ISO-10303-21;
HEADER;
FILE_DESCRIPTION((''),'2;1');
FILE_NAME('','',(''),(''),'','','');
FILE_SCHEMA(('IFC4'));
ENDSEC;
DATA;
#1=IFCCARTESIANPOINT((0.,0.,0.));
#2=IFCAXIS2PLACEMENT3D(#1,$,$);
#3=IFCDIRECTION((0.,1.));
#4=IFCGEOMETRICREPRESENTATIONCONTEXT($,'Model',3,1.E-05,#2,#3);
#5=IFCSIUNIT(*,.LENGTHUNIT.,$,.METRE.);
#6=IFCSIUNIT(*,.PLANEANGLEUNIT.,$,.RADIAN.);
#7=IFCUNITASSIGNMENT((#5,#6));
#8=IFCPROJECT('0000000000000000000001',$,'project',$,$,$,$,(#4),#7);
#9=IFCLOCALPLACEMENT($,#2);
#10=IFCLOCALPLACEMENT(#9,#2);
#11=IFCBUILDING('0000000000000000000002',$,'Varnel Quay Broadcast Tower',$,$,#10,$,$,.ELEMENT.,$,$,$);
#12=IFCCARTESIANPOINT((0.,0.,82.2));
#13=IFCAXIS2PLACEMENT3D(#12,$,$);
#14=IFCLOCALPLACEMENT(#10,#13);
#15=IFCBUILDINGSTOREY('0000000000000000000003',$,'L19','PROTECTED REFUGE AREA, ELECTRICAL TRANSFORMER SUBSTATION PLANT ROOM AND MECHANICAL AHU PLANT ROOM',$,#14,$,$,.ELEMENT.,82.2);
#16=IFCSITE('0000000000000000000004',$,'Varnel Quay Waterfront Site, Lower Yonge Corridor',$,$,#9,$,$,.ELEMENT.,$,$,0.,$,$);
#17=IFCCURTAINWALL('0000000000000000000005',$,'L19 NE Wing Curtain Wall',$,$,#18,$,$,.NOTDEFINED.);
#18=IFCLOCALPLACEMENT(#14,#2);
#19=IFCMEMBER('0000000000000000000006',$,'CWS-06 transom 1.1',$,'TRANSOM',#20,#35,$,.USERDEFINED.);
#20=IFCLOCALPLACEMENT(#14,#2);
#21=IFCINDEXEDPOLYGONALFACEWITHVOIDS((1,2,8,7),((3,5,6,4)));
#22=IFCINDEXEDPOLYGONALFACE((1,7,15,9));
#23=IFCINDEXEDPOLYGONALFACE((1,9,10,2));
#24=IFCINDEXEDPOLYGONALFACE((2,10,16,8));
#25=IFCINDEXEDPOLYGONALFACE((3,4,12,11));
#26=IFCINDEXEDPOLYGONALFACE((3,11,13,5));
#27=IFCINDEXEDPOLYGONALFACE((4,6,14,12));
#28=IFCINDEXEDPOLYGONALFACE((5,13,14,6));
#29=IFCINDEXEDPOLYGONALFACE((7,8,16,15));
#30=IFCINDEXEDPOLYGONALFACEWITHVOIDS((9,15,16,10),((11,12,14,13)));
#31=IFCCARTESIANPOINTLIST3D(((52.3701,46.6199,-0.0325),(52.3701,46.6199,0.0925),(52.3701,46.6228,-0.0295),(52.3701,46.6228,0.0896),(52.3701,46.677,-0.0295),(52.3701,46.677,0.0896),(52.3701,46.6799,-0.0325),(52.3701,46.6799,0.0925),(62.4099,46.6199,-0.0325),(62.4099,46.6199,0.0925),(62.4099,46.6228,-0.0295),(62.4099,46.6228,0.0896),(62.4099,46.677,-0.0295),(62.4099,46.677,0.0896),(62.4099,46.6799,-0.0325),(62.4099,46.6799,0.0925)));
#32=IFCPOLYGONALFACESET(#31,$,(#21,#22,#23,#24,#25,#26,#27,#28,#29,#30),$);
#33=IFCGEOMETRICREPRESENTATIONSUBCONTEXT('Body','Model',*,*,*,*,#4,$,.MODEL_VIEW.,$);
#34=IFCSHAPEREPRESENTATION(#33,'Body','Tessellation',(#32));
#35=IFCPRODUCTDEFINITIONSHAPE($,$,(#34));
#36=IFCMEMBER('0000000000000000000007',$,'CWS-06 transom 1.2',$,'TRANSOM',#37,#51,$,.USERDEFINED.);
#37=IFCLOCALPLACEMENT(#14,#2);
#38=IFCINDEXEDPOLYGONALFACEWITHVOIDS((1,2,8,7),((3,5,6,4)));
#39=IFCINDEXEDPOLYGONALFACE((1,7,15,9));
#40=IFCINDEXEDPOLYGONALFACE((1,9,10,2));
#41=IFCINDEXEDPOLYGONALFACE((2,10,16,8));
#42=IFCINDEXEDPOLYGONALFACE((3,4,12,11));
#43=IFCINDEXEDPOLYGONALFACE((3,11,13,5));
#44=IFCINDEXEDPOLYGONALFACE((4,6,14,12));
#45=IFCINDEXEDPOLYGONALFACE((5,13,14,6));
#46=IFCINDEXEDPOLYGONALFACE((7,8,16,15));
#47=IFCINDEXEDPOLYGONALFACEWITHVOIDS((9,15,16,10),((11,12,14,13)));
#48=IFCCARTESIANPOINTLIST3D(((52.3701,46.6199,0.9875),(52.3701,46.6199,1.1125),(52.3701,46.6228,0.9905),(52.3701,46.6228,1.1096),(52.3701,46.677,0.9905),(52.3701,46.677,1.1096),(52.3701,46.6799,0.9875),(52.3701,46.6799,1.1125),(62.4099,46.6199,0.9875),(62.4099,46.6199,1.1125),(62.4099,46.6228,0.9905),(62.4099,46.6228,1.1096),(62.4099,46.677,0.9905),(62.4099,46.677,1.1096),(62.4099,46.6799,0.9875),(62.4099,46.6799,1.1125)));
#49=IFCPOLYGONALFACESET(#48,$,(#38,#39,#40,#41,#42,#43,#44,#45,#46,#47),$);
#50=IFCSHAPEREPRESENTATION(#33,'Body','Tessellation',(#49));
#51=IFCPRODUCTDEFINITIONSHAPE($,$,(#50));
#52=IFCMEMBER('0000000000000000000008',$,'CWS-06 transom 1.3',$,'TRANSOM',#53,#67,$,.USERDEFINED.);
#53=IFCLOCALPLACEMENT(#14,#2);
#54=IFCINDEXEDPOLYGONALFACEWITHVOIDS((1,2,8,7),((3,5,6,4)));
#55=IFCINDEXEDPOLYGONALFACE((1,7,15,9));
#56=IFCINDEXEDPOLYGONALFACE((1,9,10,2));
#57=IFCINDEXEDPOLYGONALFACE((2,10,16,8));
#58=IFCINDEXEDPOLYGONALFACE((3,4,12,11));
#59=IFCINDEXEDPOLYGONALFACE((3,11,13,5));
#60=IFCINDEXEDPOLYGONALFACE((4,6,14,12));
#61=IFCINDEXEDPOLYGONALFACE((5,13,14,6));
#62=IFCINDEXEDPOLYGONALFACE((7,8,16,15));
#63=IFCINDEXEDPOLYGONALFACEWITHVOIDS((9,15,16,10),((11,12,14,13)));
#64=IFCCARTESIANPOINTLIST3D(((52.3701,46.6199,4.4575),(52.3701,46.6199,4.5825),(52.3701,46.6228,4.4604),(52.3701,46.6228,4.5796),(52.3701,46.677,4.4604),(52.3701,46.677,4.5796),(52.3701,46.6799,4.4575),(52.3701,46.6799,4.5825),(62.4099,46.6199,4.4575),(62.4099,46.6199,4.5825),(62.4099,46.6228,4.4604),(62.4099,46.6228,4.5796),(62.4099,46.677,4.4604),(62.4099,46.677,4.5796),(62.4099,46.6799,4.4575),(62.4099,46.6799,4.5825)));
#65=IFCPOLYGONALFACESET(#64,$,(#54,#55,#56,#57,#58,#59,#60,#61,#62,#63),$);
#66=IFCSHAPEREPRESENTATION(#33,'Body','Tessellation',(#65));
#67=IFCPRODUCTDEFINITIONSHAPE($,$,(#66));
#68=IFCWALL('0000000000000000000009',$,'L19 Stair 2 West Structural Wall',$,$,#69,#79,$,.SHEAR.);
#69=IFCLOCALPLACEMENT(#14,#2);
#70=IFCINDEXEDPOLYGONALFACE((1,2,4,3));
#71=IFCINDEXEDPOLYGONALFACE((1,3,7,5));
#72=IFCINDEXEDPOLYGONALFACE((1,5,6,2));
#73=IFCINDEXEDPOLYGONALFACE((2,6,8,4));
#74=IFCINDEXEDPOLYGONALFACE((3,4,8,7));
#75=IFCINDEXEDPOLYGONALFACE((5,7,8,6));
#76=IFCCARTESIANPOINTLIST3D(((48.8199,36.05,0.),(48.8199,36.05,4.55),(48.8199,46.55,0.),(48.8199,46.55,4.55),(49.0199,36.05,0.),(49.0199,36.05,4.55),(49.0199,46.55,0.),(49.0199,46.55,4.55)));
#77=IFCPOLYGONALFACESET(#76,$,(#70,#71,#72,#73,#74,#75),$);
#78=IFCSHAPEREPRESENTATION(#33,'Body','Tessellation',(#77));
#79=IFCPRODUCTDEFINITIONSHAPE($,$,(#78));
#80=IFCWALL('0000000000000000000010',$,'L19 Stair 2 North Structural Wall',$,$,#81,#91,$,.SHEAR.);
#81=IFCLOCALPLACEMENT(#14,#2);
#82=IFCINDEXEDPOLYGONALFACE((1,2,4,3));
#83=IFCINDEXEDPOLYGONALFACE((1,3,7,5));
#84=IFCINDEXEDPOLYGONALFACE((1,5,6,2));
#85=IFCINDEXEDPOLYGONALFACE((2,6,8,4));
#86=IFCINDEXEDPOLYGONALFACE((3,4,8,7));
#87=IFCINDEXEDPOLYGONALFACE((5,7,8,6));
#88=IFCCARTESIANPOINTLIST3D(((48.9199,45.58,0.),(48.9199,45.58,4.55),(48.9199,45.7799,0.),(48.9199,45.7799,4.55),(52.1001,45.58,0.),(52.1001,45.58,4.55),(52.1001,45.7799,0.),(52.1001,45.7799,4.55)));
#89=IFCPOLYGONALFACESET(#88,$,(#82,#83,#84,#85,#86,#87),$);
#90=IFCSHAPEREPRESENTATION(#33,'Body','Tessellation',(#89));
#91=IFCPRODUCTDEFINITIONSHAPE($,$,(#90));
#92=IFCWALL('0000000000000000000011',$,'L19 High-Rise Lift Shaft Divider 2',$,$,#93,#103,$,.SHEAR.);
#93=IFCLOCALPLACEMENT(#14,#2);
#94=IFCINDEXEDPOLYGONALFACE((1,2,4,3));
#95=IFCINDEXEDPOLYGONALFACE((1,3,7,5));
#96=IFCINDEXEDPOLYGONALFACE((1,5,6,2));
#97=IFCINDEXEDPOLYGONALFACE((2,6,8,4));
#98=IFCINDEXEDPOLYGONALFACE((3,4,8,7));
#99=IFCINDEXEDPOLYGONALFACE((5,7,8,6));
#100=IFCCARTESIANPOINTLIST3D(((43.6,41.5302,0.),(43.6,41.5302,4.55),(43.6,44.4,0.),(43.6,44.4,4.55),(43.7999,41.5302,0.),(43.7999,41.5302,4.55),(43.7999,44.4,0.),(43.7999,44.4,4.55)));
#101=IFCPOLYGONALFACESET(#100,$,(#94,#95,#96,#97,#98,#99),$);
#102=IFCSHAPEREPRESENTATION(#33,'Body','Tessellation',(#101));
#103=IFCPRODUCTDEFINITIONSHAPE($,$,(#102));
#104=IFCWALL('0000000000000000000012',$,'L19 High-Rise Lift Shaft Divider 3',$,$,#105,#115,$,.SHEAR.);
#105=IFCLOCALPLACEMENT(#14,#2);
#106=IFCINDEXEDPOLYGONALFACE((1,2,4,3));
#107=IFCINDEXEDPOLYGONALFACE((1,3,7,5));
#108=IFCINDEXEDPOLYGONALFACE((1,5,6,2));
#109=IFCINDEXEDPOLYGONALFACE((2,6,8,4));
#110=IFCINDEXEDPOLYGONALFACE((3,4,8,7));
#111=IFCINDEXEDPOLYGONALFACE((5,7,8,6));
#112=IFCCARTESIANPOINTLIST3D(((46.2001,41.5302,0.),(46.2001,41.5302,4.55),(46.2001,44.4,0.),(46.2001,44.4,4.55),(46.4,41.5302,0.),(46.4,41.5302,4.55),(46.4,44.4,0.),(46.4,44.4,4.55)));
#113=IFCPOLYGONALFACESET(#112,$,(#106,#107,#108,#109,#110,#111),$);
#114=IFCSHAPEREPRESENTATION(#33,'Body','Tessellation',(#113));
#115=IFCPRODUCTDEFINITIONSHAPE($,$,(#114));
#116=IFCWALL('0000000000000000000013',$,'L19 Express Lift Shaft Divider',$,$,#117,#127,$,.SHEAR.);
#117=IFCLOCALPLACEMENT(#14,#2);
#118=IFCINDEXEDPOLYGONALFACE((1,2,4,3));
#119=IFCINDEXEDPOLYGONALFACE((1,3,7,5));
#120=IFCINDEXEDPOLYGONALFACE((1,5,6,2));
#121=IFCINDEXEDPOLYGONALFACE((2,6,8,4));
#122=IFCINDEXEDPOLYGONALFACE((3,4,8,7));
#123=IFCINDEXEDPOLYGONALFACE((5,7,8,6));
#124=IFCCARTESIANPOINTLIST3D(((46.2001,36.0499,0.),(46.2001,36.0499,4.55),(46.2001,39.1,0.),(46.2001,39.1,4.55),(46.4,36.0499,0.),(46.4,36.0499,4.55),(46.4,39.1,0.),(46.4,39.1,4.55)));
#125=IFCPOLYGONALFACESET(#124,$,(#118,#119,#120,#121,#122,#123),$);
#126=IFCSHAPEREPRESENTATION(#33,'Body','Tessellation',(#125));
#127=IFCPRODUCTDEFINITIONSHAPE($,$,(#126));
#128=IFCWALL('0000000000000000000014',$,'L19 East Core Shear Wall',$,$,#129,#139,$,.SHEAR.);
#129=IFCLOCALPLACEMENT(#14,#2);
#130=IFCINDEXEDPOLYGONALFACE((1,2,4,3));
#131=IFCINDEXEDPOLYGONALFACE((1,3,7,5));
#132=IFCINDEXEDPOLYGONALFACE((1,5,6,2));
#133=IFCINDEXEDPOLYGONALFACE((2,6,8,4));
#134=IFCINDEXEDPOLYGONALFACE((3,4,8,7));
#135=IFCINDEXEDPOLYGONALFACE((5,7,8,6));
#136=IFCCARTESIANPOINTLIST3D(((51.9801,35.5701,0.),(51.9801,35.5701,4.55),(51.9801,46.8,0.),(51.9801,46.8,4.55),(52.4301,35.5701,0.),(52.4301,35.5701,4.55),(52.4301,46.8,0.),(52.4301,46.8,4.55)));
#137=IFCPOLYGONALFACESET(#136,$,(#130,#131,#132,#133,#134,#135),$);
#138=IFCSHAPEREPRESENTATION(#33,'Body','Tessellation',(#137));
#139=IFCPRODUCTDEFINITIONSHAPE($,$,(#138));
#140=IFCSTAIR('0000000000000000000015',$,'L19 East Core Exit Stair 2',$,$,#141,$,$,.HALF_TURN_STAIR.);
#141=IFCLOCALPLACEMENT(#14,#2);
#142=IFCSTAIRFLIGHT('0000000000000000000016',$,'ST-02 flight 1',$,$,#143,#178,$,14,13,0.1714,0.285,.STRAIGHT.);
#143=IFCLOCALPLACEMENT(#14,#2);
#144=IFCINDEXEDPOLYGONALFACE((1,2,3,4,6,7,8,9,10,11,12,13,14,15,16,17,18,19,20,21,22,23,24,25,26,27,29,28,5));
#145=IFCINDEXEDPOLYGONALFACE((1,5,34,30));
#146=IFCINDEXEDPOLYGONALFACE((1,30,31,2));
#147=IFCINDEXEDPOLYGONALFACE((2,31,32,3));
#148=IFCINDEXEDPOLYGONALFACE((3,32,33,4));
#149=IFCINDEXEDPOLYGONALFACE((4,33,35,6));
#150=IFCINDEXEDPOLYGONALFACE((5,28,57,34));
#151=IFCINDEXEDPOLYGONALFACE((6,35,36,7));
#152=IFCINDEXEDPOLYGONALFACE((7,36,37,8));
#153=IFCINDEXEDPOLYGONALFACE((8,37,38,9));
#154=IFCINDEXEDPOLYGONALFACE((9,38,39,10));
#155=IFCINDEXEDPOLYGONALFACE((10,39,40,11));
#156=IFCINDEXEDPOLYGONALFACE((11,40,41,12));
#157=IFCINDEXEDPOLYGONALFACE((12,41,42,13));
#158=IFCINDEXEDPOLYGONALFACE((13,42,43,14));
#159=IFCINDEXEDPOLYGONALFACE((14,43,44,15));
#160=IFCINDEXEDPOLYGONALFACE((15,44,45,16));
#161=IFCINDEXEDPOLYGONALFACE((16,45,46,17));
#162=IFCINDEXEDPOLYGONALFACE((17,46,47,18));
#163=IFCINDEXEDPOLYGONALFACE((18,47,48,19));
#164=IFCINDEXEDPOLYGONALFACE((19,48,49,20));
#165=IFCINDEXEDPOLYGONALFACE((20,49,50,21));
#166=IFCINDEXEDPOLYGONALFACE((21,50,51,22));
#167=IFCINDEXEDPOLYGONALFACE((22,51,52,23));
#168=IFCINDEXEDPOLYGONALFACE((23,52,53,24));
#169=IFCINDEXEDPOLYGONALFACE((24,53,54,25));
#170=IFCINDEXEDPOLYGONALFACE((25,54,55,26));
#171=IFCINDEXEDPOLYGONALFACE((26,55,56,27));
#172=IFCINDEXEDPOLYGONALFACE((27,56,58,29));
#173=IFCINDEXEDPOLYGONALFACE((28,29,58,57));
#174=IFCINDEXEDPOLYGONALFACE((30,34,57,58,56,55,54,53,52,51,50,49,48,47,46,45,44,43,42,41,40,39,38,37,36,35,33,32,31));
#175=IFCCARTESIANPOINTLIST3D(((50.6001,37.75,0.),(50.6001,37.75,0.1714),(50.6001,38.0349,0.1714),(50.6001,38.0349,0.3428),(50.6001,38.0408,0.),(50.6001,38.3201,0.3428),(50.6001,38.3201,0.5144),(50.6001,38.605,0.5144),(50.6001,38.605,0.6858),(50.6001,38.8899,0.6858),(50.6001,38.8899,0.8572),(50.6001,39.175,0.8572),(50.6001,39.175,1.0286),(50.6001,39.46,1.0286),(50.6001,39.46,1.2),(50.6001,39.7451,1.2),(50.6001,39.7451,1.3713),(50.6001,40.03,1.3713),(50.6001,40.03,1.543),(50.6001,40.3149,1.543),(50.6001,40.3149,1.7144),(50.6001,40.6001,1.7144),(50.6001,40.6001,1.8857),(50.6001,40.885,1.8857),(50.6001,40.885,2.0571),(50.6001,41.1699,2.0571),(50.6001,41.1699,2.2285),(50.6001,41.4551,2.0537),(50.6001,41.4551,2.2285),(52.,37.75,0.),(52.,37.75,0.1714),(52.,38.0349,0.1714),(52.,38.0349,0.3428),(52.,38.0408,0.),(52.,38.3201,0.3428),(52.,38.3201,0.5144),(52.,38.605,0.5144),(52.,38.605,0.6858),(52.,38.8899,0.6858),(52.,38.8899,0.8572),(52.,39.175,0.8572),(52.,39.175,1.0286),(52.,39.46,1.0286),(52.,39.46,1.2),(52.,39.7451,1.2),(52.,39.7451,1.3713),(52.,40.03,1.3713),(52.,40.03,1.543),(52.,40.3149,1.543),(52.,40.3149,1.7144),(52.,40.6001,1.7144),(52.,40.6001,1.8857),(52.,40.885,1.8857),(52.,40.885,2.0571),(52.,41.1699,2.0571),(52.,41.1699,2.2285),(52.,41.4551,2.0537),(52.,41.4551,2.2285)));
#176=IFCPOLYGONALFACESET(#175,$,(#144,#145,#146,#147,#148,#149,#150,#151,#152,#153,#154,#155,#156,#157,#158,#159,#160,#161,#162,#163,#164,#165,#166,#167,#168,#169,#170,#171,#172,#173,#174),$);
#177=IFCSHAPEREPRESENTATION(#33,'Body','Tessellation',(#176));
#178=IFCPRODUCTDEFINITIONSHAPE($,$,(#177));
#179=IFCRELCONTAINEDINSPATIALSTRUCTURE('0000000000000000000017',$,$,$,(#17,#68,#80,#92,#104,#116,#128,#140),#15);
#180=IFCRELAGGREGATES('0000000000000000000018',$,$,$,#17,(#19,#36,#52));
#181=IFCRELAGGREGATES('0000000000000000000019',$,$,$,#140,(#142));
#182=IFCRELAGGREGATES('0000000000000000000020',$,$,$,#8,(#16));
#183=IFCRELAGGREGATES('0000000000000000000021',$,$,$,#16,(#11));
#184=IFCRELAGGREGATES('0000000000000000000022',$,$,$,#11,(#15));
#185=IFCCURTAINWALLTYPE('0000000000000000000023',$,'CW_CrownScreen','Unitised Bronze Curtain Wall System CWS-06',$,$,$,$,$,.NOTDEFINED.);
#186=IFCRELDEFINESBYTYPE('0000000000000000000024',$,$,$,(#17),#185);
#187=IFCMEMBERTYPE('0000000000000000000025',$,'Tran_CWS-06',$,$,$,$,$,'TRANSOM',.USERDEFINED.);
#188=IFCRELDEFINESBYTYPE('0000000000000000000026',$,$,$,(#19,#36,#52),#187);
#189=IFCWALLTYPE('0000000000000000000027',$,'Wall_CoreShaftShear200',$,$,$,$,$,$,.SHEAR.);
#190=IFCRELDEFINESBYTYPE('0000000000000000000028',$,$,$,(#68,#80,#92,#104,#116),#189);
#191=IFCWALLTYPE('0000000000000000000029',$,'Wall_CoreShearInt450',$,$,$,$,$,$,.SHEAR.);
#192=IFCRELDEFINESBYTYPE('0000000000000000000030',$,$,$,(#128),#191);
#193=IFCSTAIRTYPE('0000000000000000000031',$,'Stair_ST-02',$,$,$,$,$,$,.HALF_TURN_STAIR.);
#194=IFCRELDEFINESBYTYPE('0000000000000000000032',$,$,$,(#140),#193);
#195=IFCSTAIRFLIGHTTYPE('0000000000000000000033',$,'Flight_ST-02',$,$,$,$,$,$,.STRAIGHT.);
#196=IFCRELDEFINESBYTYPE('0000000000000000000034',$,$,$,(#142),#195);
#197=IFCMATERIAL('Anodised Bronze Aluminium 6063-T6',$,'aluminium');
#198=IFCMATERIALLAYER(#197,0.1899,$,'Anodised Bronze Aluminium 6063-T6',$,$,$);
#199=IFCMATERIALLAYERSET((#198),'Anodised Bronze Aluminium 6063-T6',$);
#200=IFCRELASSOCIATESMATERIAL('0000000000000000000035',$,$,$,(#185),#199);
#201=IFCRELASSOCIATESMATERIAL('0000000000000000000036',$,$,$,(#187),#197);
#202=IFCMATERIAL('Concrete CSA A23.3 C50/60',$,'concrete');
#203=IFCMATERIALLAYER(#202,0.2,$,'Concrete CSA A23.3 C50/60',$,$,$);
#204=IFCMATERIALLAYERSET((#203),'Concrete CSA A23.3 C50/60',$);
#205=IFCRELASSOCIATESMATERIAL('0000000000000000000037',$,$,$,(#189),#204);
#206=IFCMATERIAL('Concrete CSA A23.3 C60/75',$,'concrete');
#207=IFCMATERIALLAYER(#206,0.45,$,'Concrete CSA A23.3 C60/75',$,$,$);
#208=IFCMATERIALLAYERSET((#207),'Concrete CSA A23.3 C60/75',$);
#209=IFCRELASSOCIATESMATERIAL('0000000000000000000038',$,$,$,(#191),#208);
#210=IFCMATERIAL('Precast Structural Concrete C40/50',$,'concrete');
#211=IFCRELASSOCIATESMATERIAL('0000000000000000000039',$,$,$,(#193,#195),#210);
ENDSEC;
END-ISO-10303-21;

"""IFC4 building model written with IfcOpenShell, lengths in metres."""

from ifc_helpers import new_model, si_unit, direction, frame, frame_2d, origin, origin_2d, place, context, subcontext, project, spatial, polyline, rectangle, hollow_rectangle, outline, extrude, source, transform, mapped, material, layer, layer_set, material_profile, profile_set, type_object, type_shapes, element, aggregate, save


model = new_model("IFC4")

# Units and contexts
model_context = context("Model", 3, precision=1e-05, world=origin(), true_north=direction((0.0, 1.0)))
body_context = subcontext(model_context, "Body", "Model", "MODEL_VIEW")
ifc_project = project(units=[si_unit("LENGTHUNIT", "METRE"), si_unit("PLANEANGLEUNIT", "RADIAN")], contexts=[model_context])

# Site, building, storey
site_placement = place(None, origin())
site = spatial("IfcSite", under=ifc_project, at=site_placement, Name="Varnel Quay Waterfront Site, Lower Yonge Corridor", CompositionType="ELEMENT", RefElevation=0.0)
building_placement = place(site_placement, origin())
building = spatial("IfcBuilding", under=site, at=building_placement, Name="Varnel Quay Broadcast Tower", CompositionType="ELEMENT")
storey_placement = place(building_placement, frame((0.0, 0.0, 82.2)))
storey = spatial("IfcBuildingStorey", under=building, at=storey_placement, Name="L19", Description="PROTECTED REFUGE AREA, ELECTRICAL TRANSFORMER SUBSTATION PLANT ROOM AND MECHANICAL AHU PLANT ROOM", CompositionType="ELEMENT", Elevation=82.2)

# Curtain wall, members
ifc_material_1 = material(Name="Anodised Bronze Aluminium 6063-T6", Category="aluminium")
ifc_layer_1 = layer(ifc_material_1, 0.1899, Name="Anodised Bronze Aluminium 6063-T6")
ifc_layer_set_1 = layer_set([ifc_layer_1], Name="Anodised Bronze Aluminium 6063-T6")
curtain_wall_type = type_object("IfcCurtainWallType", Name="CW_CrownScreen", Description="Unitised Bronze Curtain Wall System CWS-06", PredefinedType="NOTDEFINED", material=ifc_layer_set_1)
curtain_wall_placement = place(storey_placement, origin())
curtain_wall = element("IfcCurtainWall", 1, at=curtain_wall_placement, inside=storey, type_object=curtain_wall_type, Name="L19 NE Wing Curtain Wall", PredefinedType="NOTDEFINED")
ifc_material_profile_1 = material_profile(ifc_material_1, hollow_rectangle(XDim=0.0601, YDim=0.125, WallThickness=0.0029, at=origin_2d()), Name="ALU60X125X3")
ifc_profile_set_1 = profile_set([ifc_material_profile_1], Name="Anodised Bronze Aluminium 6063-T6")
member_type_1 = type_object("IfcMemberType", Name="Tran_CWS-06", ElementType="TRANSOM", PredefinedType="USERDEFINED", material=ifc_profile_set_1)
shared_shape_1 = source(origin(), body_context, "Body", "SweptSolid", [
    extrude(hollow_rectangle(XDim=0.0601, YDim=0.125, WallThickness=0.0029, at=origin_2d()), origin(), (0.0, 0.0, 1.0), 10.0398),
])
type_shapes(member_type_1, [shared_shape_1])
member_1_placement = place(storey_placement, frame((52.3701, 46.6499, 0.03), z_axis=(1.0, 0.0, 0.0), x_axis=(0.0, 1.0, 0.0)))
member_1 = element("IfcMember", 2, at=member_1_placement, type_object=member_type_1, Name="CWS-06 transom 1.1", ObjectType="TRANSOM", PredefinedType="USERDEFINED", context=body_context, shape_type="MappedRepresentation", body=[
    mapped(shared_shape_1, transform((0.0, 0.0, 0.0), x_axis=(1.0, 0.0, 0.0), y_axis=(0.0, 1.0, 0.0), z_axis=(0.0, 0.0, 1.0), scale=1.0)),
])
member_2_placement = place(storey_placement, frame((52.3701, 46.6499, 1.05), z_axis=(1.0, 0.0, 0.0), x_axis=(0.0, 1.0, 0.0)))
member_2 = element("IfcMember", 3, at=member_2_placement, type_object=member_type_1, Name="CWS-06 transom 1.2", ObjectType="TRANSOM", PredefinedType="USERDEFINED", context=body_context, shape_type="MappedRepresentation", body=[
    mapped(shared_shape_1, transform((0.0, 0.0, 0.0), x_axis=(1.0, 0.0, 0.0), y_axis=(0.0, 1.0, 0.0), z_axis=(0.0, 0.0, 1.0), scale=1.0)),
])
member_3_placement = place(storey_placement, frame((52.3701, 46.6499, 4.52), z_axis=(1.0, 0.0, 0.0), x_axis=(0.0, 1.0, 0.0)))
member_3 = element("IfcMember", 4, at=member_3_placement, type_object=member_type_1, Name="CWS-06 transom 1.3", ObjectType="TRANSOM", PredefinedType="USERDEFINED", context=body_context, shape_type="MappedRepresentation", body=[
    mapped(shared_shape_1, transform((0.0, 0.0, 0.0), x_axis=(1.0, 0.0, 0.0), y_axis=(0.0, 1.0, 0.0), z_axis=(0.0, 0.0, 1.0), scale=1.0)),
])
aggregate(curtain_wall, [member_1, member_2, member_3])

# Walls
ifc_material_2 = material(Name="Concrete CSA A23.3 C50/60", Category="concrete")
ifc_layer_2 = layer(ifc_material_2, 0.2, Name="Concrete CSA A23.3 C50/60")
ifc_layer_set_2 = layer_set([ifc_layer_2], Name="Concrete CSA A23.3 C50/60")
wall_type_1 = type_object("IfcWallType", Name="Wall_CoreShaftShear200", PredefinedType="SHEAR", material=ifc_layer_set_2)
wall_1_placement = place(storey_placement, frame((48.9199, 36.05, 0.0), z_axis=(0.0, 0.0, 1.0), x_axis=(0.0, 1.0, 0.0)))
element("IfcWall", 5, at=wall_1_placement, inside=storey, type_object=wall_type_1, Name="L19 Stair 2 West Structural Wall", PredefinedType="SHEAR", context=body_context, shape_type="SweptSolid", body=[
    extrude(rectangle(XDim=10.5, YDim=0.2, at=frame_2d((5.25, 0.0))), origin(), (0.0, 0.0, 1.0), 4.55),
])
wall_2_placement = place(storey_placement, frame((48.9199, 45.6799, 0.0), z_axis=(0.0, 0.0, 1.0), x_axis=(1.0, 0.0, 0.0)))
element("IfcWall", 6, at=wall_2_placement, inside=storey, type_object=wall_type_1, Name="L19 Stair 2 North Structural Wall", PredefinedType="SHEAR", context=body_context, shape_type="SweptSolid", body=[
    extrude(rectangle(XDim=3.1802, YDim=0.2, at=frame_2d((1.5901, 0.0))), origin(), (0.0, 0.0, 1.0), 4.55),
])
for number, where, z_axis, x_axis, name in (
    (7, (43.7, 41.53, 0.0), (0.0, 0.0, 1.0), (0.0, 1.0, 0.0), "L19 High-Rise Lift Shaft Divider 2"),
    (8, (46.3, 41.53, 0.0), (0.0, 0.0, 1.0), (0.0, 1.0, 0.0), "L19 High-Rise Lift Shaft Divider 3"),
):
    element("IfcWall", number, at=place(storey_placement, frame(where, z_axis=z_axis, x_axis=x_axis)), inside=storey, type_object=wall_type_1, Name=name, PredefinedType="SHEAR", context=body_context, shape_type="SweptSolid", body=[
        extrude(rectangle(XDim=2.8699, YDim=0.2, at=frame_2d((1.4351, 0.0))), origin(), (0.0, 0.0, 1.0), 4.55),
    ])
wall_3_placement = place(storey_placement, frame((46.3, 36.05, 0.0), z_axis=(0.0, 0.0, 1.0), x_axis=(0.0, 1.0, 0.0)))
element("IfcWall", 9, at=wall_3_placement, inside=storey, type_object=wall_type_1, Name="L19 Express Lift Shaft Divider", PredefinedType="SHEAR", context=body_context, shape_type="SweptSolid", body=[
    extrude(rectangle(XDim=3.05, YDim=0.2, at=frame_2d((1.5249, 0.0))), origin(), (0.0, 0.0, 1.0), 4.55),
])
ifc_material_3 = material(Name="Concrete CSA A23.3 C60/75", Category="concrete")
ifc_layer_3 = layer(ifc_material_3, 0.45, Name="Concrete CSA A23.3 C60/75")
ifc_layer_set_3 = layer_set([ifc_layer_3], Name="Concrete CSA A23.3 C60/75")
wall_type_2 = type_object("IfcWallType", Name="Wall_CoreShearInt450", PredefinedType="SHEAR", material=ifc_layer_set_3)
wall_4_placement = place(storey_placement, frame((52.2051, 35.5701, 0.0), z_axis=(0.0, 0.0, 1.0), x_axis=(0.0, 1.0, 0.0)))
element("IfcWall", 10, at=wall_4_placement, inside=storey, type_object=wall_type_2, Name="L19 East Core Shear Wall", PredefinedType="SHEAR", context=body_context, shape_type="SweptSolid", body=[
    extrude(rectangle(XDim=11.23, YDim=0.45, at=frame_2d((5.615, 0.0))), origin(), (0.0, 0.0, 1.0), 4.55),
])

# Stair, stair flight
ifc_material_4 = material(Name="Precast Structural Concrete C40/50", Category="concrete")
stair_type = type_object("IfcStairType", Name="Stair_ST-02", PredefinedType="HALF_TURN_STAIR", material=ifc_material_4)
stair_placement = place(storey_placement, origin())
stair = element("IfcStair", 11, at=stair_placement, inside=storey, type_object=stair_type, Name="L19 East Core Exit Stair 2", PredefinedType="HALF_TURN_STAIR")
stair_flight_type = type_object("IfcStairFlightType", Name="Flight_ST-02", PredefinedType="STRAIGHT", material=ifc_material_4)
stair_flight_1_placement = place(storey_placement, frame((51.3, 37.75, 0.0), z_axis=(0.0, 0.0, 1.0), x_axis=(0.0, 1.0, 0.0)))
stair_flight_1 = element("IfcStairFlight", 12, at=stair_flight_1_placement, type_object=stair_flight_type, Name="ST-02 flight 1", NumberOfRisers=14, NumberOfTreads=13, PredefinedType="STRAIGHT", RiserHeight=0.1714, TreadLength=0.285, context=body_context, shape_type="SweptSolid", body=[
    extrude(outline(polyline([(0.0, 0.0), (0.0, 0.1714), (0.2849, 0.1714), (0.2849, 0.3428), (0.5701, 0.3428), (0.5701, 0.5144), (0.855, 0.5144), (0.855, 0.6858), (1.1399, 0.6858), (1.1399, 0.8572), (1.425, 0.8572), (1.425, 1.0286), (1.71, 1.0286), (1.71, 1.2), (1.9951, 1.2), (1.9951, 1.3713), (2.28, 1.3713), (2.28, 1.543), (2.5649, 1.543), (2.5649, 1.7144), (2.8501, 1.7144), (2.8501, 1.8857), (3.135, 1.8857), (3.135, 2.0571), (3.4199, 2.0571), (3.4199, 2.2285), (3.7051, 2.2285), (3.7051, 2.3999), (3.7051, 2.0537), (0.2908, 0.0), (0.0, 0.0)])), frame((0.0, 0.7, 0.0), z_axis=(0.0, -1.0, 0.0), x_axis=(1.0, 0.0, 0.0)), (0.0, 0.0, 1.0), 1.3999),
])
aggregate(stair, [stair_flight_1])

save(model, "model.ifc")
